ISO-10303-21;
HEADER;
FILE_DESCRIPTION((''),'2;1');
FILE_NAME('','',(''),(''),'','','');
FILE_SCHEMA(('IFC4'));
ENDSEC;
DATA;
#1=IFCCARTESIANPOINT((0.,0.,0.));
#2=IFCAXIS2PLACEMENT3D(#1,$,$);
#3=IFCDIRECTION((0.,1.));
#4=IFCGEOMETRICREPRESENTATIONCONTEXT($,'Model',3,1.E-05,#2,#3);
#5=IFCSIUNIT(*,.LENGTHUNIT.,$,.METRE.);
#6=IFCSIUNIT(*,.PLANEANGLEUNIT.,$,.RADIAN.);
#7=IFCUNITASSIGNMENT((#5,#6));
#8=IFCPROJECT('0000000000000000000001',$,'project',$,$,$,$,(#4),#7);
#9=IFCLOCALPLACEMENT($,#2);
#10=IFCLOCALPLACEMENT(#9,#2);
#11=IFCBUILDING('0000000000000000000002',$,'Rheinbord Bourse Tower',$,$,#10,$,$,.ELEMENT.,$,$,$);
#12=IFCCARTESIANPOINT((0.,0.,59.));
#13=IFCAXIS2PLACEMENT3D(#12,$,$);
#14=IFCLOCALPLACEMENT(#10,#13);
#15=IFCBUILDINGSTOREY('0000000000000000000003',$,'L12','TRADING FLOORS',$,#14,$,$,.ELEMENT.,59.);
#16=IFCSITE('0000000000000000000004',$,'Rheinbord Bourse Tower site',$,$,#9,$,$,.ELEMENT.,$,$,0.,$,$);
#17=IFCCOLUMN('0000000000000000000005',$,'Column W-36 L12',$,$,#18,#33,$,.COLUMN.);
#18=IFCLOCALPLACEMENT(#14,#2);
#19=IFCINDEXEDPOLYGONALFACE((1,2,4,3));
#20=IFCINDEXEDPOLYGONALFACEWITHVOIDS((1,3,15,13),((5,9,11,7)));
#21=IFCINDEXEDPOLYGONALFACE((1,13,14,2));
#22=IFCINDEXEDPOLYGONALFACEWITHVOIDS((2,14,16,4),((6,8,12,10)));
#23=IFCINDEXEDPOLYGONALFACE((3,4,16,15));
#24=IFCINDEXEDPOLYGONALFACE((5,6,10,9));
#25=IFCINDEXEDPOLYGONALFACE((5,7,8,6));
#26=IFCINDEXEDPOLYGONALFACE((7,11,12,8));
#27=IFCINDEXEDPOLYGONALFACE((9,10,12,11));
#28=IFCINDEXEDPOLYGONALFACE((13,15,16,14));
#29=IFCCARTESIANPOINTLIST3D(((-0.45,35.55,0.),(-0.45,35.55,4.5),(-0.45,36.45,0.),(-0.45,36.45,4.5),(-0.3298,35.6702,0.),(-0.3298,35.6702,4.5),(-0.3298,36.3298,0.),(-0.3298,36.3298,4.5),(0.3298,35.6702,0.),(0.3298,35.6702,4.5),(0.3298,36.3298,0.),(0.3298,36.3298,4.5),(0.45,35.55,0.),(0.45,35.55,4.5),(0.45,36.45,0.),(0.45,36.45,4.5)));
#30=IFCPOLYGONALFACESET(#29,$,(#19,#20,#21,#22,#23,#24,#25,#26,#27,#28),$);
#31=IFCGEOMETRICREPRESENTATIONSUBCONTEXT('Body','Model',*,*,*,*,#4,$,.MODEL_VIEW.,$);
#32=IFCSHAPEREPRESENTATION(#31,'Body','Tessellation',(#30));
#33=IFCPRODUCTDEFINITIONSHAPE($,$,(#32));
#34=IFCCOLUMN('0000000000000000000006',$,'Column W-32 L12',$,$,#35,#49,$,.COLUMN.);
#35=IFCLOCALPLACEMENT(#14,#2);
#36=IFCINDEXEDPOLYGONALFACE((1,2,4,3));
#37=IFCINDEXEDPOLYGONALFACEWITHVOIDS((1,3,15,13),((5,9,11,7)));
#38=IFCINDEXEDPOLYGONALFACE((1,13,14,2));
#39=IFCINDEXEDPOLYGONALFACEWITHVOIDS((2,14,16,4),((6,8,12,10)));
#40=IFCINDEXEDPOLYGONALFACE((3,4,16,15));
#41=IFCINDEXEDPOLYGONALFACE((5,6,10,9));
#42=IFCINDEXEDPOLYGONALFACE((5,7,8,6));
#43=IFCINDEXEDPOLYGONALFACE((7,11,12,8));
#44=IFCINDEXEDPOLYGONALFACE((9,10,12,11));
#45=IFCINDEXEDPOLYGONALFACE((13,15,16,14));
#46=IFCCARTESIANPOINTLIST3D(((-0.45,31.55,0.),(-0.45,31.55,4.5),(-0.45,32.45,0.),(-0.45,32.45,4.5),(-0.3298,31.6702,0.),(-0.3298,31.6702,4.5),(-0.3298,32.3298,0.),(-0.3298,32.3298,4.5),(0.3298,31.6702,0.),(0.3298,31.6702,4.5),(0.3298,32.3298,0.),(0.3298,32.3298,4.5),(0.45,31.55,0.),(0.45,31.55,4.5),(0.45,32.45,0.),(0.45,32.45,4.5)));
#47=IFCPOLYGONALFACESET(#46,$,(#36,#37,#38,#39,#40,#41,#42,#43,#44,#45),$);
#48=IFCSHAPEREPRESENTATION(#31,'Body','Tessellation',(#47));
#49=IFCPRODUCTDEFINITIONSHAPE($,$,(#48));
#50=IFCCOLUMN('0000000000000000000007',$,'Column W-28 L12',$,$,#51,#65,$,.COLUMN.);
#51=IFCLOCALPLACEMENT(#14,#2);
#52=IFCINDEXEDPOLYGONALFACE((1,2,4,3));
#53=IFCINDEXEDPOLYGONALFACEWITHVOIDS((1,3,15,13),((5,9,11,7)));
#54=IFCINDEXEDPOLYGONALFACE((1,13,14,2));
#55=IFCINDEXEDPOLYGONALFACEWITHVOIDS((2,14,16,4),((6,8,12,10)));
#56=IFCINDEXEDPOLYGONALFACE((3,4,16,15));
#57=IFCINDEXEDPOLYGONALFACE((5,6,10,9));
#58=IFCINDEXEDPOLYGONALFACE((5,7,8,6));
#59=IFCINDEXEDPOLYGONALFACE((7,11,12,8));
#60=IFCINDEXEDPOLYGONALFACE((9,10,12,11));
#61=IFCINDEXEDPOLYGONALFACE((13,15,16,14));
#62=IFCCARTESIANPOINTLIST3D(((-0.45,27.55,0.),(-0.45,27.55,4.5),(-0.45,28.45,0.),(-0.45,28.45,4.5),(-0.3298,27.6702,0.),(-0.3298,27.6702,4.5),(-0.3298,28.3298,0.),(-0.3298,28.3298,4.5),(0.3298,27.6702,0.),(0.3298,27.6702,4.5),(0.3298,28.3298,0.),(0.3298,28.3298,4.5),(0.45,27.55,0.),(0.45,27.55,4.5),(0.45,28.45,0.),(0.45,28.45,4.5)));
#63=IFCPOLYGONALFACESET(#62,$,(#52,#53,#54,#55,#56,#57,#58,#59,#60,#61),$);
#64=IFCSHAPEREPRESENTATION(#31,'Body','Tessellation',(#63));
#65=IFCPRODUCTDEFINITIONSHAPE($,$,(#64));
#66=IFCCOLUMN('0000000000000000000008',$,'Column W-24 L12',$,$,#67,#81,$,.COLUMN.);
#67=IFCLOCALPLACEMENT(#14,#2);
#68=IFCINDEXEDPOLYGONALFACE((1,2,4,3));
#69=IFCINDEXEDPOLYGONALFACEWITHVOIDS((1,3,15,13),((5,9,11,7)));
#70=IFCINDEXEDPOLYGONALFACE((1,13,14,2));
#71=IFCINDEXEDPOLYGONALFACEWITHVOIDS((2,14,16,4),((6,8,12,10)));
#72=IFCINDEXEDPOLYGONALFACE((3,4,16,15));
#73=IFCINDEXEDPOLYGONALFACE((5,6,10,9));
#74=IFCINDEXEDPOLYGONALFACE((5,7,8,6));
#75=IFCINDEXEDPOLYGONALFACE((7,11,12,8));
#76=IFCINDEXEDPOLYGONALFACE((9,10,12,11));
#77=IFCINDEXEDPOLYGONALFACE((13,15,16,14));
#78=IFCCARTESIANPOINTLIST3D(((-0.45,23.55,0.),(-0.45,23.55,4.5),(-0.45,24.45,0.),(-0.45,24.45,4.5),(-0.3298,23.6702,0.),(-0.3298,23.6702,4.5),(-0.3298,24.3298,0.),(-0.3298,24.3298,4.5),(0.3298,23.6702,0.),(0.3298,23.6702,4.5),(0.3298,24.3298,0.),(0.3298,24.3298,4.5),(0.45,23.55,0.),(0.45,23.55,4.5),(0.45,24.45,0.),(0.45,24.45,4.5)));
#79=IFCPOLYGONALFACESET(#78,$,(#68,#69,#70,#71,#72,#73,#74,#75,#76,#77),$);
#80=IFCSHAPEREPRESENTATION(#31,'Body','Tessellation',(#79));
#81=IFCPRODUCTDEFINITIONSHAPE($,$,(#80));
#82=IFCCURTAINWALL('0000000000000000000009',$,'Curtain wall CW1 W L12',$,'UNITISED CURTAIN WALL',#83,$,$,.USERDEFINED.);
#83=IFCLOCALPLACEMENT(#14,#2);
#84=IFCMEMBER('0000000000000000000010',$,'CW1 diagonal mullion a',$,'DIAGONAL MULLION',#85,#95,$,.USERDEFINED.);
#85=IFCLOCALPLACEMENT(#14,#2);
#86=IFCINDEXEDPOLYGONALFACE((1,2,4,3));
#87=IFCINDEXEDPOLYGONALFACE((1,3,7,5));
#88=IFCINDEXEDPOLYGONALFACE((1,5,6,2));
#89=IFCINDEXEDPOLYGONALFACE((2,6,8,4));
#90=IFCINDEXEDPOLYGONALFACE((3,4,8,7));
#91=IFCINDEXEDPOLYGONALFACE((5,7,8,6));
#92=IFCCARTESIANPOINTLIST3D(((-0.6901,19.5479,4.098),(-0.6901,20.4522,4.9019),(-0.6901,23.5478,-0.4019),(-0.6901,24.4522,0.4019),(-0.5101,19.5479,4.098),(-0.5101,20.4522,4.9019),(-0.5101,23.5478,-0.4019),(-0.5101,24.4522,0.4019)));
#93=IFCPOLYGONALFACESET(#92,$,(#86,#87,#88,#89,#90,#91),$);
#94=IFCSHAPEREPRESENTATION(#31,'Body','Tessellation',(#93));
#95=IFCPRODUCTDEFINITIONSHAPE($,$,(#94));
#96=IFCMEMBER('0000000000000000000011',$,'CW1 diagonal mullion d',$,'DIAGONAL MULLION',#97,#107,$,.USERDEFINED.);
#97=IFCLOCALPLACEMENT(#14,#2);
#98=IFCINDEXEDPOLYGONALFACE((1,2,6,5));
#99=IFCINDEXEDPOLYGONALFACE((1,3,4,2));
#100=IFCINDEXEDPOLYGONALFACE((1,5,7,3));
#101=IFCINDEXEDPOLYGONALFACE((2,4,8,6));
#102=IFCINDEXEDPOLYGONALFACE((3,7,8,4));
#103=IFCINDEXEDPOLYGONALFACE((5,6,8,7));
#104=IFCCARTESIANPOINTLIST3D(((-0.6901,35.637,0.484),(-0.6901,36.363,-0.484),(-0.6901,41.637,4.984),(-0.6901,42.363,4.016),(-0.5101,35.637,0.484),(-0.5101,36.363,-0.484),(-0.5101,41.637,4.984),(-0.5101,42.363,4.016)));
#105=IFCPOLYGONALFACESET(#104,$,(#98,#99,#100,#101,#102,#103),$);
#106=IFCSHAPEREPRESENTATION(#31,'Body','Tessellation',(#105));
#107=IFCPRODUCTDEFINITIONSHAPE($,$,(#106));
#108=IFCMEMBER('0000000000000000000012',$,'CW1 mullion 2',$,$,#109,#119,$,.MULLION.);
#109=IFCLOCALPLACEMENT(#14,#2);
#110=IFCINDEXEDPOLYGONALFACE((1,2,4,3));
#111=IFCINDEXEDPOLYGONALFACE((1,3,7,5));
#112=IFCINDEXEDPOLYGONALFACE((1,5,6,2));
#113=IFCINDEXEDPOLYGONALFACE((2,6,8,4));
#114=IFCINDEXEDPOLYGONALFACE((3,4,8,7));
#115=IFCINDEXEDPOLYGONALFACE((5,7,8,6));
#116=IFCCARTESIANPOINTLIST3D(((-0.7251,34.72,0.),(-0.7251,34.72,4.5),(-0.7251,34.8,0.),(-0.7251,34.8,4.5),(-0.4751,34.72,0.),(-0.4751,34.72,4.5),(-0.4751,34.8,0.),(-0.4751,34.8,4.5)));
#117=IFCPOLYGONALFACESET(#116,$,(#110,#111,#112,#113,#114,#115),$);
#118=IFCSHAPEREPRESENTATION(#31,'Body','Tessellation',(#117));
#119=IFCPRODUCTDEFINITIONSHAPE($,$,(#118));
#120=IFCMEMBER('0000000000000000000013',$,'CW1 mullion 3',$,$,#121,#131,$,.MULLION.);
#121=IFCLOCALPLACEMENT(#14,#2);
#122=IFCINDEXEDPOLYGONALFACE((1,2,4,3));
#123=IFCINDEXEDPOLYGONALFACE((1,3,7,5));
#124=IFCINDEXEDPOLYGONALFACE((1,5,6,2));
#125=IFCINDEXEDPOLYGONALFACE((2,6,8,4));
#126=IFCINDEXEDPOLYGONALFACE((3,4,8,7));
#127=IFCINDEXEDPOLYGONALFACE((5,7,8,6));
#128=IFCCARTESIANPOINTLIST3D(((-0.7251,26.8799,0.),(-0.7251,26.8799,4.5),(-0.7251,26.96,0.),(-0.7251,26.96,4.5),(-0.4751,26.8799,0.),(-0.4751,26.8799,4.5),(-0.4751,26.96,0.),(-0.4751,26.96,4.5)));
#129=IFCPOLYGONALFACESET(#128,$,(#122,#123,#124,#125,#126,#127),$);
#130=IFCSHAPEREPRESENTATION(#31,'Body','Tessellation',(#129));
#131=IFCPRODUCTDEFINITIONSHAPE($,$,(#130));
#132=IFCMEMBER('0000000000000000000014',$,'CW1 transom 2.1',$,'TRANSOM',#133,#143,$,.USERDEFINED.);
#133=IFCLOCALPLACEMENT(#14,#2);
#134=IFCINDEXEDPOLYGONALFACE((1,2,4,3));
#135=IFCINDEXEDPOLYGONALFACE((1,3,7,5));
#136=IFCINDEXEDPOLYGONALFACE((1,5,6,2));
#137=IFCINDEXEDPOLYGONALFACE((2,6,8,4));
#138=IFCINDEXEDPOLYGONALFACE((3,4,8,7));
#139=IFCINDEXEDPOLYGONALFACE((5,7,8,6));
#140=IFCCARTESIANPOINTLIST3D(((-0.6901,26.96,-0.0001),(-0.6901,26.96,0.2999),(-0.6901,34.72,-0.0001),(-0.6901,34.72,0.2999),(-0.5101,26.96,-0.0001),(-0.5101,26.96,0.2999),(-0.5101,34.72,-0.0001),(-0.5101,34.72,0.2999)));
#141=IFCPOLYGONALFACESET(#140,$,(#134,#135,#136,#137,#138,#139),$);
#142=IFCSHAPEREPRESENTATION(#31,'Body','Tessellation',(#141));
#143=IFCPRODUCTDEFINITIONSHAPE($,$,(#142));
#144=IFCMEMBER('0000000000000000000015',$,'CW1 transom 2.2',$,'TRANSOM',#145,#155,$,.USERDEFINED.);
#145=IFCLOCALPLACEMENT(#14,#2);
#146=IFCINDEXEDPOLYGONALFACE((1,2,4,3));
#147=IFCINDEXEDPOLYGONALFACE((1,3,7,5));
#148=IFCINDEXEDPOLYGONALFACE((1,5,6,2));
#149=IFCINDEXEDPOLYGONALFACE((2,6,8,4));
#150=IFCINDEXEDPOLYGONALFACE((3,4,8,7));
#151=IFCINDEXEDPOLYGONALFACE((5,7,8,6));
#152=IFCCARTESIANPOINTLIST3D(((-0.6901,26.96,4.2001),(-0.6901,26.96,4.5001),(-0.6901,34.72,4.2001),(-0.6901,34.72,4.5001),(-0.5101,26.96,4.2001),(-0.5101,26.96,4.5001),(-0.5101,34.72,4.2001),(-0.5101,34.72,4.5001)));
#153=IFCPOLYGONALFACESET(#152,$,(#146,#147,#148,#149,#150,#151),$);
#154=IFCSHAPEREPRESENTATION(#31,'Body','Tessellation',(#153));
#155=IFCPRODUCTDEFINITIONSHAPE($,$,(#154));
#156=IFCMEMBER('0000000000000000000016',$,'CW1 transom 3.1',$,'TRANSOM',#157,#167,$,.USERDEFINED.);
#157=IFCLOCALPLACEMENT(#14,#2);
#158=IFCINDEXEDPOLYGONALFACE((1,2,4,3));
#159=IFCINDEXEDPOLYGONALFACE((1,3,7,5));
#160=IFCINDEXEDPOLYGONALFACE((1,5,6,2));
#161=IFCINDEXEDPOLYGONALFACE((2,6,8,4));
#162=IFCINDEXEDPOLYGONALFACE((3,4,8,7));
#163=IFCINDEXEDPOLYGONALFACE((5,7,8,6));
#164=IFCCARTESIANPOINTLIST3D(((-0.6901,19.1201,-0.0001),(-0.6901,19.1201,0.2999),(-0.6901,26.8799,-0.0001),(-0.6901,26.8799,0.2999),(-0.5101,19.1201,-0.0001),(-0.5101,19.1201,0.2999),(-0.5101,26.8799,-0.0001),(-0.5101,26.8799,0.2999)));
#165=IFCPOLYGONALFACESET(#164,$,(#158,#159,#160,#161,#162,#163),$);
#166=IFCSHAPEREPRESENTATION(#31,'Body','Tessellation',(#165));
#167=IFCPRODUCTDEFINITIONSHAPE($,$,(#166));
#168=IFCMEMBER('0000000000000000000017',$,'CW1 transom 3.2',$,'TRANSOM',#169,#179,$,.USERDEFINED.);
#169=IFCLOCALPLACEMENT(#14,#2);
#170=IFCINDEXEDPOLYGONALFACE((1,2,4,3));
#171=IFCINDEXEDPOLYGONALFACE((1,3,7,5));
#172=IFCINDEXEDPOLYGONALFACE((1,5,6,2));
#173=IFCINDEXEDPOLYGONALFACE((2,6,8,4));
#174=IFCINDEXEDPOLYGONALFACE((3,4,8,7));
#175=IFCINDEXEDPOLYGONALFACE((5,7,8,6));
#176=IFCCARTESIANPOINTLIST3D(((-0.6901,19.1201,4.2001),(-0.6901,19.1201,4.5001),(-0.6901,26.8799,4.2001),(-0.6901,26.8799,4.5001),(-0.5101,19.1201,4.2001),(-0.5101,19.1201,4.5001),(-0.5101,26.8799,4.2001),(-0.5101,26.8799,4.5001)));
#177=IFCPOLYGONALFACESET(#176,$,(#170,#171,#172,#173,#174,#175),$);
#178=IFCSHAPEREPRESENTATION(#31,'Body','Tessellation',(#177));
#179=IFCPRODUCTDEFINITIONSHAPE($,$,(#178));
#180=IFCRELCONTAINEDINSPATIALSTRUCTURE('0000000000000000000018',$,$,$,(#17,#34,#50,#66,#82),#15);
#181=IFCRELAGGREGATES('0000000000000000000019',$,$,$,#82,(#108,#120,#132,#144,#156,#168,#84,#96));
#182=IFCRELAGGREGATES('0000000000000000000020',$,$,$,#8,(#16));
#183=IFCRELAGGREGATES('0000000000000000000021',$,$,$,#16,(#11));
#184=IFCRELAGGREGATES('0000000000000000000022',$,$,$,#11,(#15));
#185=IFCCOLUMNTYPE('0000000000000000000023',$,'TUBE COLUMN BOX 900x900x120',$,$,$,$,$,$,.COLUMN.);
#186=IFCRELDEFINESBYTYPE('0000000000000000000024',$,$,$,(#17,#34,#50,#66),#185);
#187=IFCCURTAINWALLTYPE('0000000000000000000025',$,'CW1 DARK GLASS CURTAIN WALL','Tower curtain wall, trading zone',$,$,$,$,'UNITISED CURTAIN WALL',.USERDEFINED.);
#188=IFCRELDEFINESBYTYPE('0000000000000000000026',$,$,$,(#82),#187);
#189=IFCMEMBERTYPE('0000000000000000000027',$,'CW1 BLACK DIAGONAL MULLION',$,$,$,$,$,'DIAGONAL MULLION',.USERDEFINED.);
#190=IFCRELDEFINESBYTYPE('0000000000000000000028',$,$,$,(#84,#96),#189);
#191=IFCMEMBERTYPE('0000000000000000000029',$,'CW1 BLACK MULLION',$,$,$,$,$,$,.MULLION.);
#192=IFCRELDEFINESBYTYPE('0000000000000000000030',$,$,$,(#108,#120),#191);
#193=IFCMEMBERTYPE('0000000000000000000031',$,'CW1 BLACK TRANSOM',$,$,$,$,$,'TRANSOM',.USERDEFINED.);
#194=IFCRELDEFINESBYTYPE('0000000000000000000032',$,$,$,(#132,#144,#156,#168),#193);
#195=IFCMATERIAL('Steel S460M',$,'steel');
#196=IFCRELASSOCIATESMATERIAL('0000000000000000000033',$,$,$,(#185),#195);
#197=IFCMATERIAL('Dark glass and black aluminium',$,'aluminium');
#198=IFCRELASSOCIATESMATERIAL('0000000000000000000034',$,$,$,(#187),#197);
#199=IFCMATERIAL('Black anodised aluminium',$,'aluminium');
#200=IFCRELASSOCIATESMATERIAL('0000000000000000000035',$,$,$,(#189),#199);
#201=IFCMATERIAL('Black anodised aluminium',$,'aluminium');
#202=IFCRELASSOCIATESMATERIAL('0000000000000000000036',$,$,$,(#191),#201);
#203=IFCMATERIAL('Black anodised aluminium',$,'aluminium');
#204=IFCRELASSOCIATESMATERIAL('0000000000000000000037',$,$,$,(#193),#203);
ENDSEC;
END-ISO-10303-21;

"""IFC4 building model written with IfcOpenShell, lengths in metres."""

from ifc_helpers import new_model, si_unit, direction, frame, origin, origin_2d, place, context, subcontext, project, spatial, rectangle, hollow_rectangle, extrude, material, material_profile, profile_set, type_object, element, aggregate, save


model = new_model("IFC4")

# Units and contexts
model_context = context("Model", 3, precision=1e-05, world=origin(), true_north=direction((0.0, 1.0)))
body_context = subcontext(model_context, "Body", "Model", "MODEL_VIEW")
ifc_project = project(units=[si_unit("LENGTHUNIT", "METRE"), si_unit("PLANEANGLEUNIT", "RADIAN")], contexts=[model_context])

# Site, building, storey
site_placement = place(None, origin())
site = spatial("IfcSite", under=ifc_project, at=site_placement, Name="Rheinbord Bourse Tower site", CompositionType="ELEMENT", RefElevation=0.0)
building_placement = place(site_placement, origin())
building = spatial("IfcBuilding", under=site, at=building_placement, Name="Rheinbord Bourse Tower", CompositionType="ELEMENT")
storey_placement = place(building_placement, frame((0.0, 0.0, 59.0)))
storey = spatial("IfcBuildingStorey", under=building, at=storey_placement, Name="L12", Description="TRADING FLOORS", CompositionType="ELEMENT", Elevation=59.0)

# Columns
ifc_material_1 = material(Name="Steel S460M", Category="steel")
ifc_material_profile_1 = material_profile(ifc_material_1, hollow_rectangle(XDim=0.8999, YDim=0.8999, WallThickness=0.1201, at=origin_2d()), Name="BOX 900x900x120")
ifc_profile_set_1 = profile_set([ifc_material_profile_1], Name="Steel S460M")
column_type = type_object("IfcColumnType", Name="TUBE COLUMN BOX 900x900x120", PredefinedType="COLUMN", material=ifc_profile_set_1)
for number, where, z_axis, x_axis, name in (
    (1, (0.0, 36.0, 0.0), (0.0, 0.0, 1.0), (1.0, 0.0, 0.0), "Column W-36 L12"),
    (2, (0.0, 32.0, 0.0), (0.0, 0.0, 1.0), (1.0, 0.0, 0.0), "Column W-32 L12"),
    (3, (0.0, 28.0, 0.0), (0.0, 0.0, 1.0), (1.0, 0.0, 0.0), "Column W-28 L12"),
    (4, (0.0, 24.0, 0.0), (0.0, 0.0, 1.0), (1.0, 0.0, 0.0), "Column W-24 L12"),
):
    element("IfcColumn", number, at=place(storey_placement, frame(where, z_axis=z_axis, x_axis=x_axis)), inside=storey, type_object=column_type, Name=name, PredefinedType="COLUMN", context=body_context, shape_type="SweptSolid", body=[
        extrude(hollow_rectangle(XDim=0.8999, YDim=0.8999, WallThickness=0.1201, at=origin_2d()), origin(), (0.0, 0.0, 1.0), 4.5),
    ])

# Curtain wall, members
ifc_material_2 = material(Name="Dark glass and black aluminium", Category="aluminium")
curtain_wall_type = type_object("IfcCurtainWallType", Name="CW1 DARK GLASS CURTAIN WALL", Description="Tower curtain wall, trading zone", ElementType="UNITISED CURTAIN WALL", PredefinedType="USERDEFINED", material=ifc_material_2)
curtain_wall_placement = place(storey_placement, origin())
curtain_wall = element("IfcCurtainWall", 5, at=curtain_wall_placement, inside=storey, type_object=curtain_wall_type, Name="Curtain wall CW1 W L12", ObjectType="UNITISED CURTAIN WALL", PredefinedType="USERDEFINED")
ifc_material_3 = material(Name="Black anodised aluminium", Category="aluminium")
ifc_material_profile_2 = material_profile(ifc_material_3, rectangle(XDim=0.1799, YDim=1.21, at=origin_2d()), Name="CW1 DIAGONAL MULLION 1210x180")
ifc_profile_set_2 = profile_set([ifc_material_profile_2], Name="Black anodised aluminium")
member_type_1 = type_object("IfcMemberType", Name="CW1 BLACK DIAGONAL MULLION", ElementType="DIAGONAL MULLION", PredefinedType="USERDEFINED", material=ifc_profile_set_2)
member_1_placement = place(storey_placement, frame((-0.6001, 24.0, 0.0), z_axis=(0.0, -0.664364, 0.747409), x_axis=(1.0, 0.0, 0.0)))
member_1 = element("IfcMember", 6, at=member_1_placement, type_object=member_type_1, Name="CW1 diagonal mullion a", ObjectType="DIAGONAL MULLION", PredefinedType="USERDEFINED", context=body_context, shape_type="SweptSolid", body=[
    extrude(rectangle(XDim=0.1799, YDim=1.21, at=origin_2d()), origin(), (0.0, 0.0, 1.0), 6.0208),
])
member_2_placement = place(storey_placement, frame((-0.6001, 36.0, 0.0), z_axis=(0.0, 0.8, 0.6), x_axis=(-1.0, 0.0, 0.0)))
member_2 = element("IfcMember", 7, at=member_2_placement, type_object=member_type_1, Name="CW1 diagonal mullion d", ObjectType="DIAGONAL MULLION", PredefinedType="USERDEFINED", context=body_context, shape_type="SweptSolid", body=[
    extrude(rectangle(XDim=0.1799, YDim=1.21, at=origin_2d()), origin(), (0.0, 0.0, 1.0), 7.5),
])
ifc_material_4 = material(Name="Black anodised aluminium", Category="aluminium")
ifc_material_profile_3 = material_profile(ifc_material_4, rectangle(XDim=0.25, YDim=0.0801, at=origin_2d()), Name="CW1 MULLION 80x250")
ifc_profile_set_3 = profile_set([ifc_material_profile_3], Name="Black anodised aluminium")
member_type_2 = type_object("IfcMemberType", Name="CW1 BLACK MULLION", PredefinedType="MULLION", material=ifc_profile_set_3)
member_3_placement = place(storey_placement, frame((-0.6001, 34.76, 0.0), z_axis=(0.0, 0.0, 1.0), x_axis=(1.0, 0.0, 0.0)))
member_3 = element("IfcMember", 8, at=member_3_placement, type_object=member_type_2, Name="CW1 mullion 2", PredefinedType="MULLION", context=body_context, shape_type="SweptSolid", body=[
    extrude(rectangle(XDim=0.25, YDim=0.0801, at=origin_2d()), origin(), (0.0, 0.0, 1.0), 4.5),
])
member_4_placement = place(storey_placement, frame((-0.6001, 26.9199, 0.0), z_axis=(0.0, 0.0, 1.0), x_axis=(1.0, 0.0, 0.0)))
member_4 = element("IfcMember", 9, at=member_4_placement, type_object=member_type_2, Name="CW1 mullion 3", PredefinedType="MULLION", context=body_context, shape_type="SweptSolid", body=[
    extrude(rectangle(XDim=0.25, YDim=0.0801, at=origin_2d()), origin(), (0.0, 0.0, 1.0), 4.5),
])
ifc_material_5 = material(Name="Black anodised aluminium", Category="aluminium")
ifc_material_profile_4 = material_profile(ifc_material_5, rectangle(XDim=0.1799, YDim=0.3, at=origin_2d()), Name="CW1 TRANSOM 300x180")
ifc_profile_set_4 = profile_set([ifc_material_profile_4], Name="Black anodised aluminium")
member_type_3 = type_object("IfcMemberType", Name="CW1 BLACK TRANSOM", ElementType="TRANSOM", PredefinedType="USERDEFINED", material=ifc_profile_set_4)
member_5_placement = place(storey_placement, frame((-0.6001, 34.72, 0.1499), z_axis=(0.0, -1.0, 0.0), x_axis=(1.0, 0.0, 0.0)))
member_5 = element("IfcMember", 10, at=member_5_placement, type_object=member_type_3, Name="CW1 transom 2.1", ObjectType="TRANSOM", PredefinedType="USERDEFINED", context=body_context, shape_type="SweptSolid", body=[
    extrude(rectangle(XDim=0.1799, YDim=0.3, at=origin_2d()), origin(), (0.0, 0.0, 1.0), 7.76),
])
member_6_placement = place(storey_placement, frame((-0.6001, 34.72, 4.3501), z_axis=(0.0, -1.0, 0.0), x_axis=(1.0, 0.0, 0.0)))
member_6 = element("IfcMember", 11, at=member_6_placement, type_object=member_type_3, Name="CW1 transom 2.2", ObjectType="TRANSOM", PredefinedType="USERDEFINED", context=body_context, shape_type="SweptSolid", body=[
    extrude(rectangle(XDim=0.1799, YDim=0.3, at=origin_2d()), origin(), (0.0, 0.0, 1.0), 7.76),
])
member_7_placement = place(storey_placement, frame((-0.6001, 26.8799, 0.1499), z_axis=(0.0, -1.0, 0.0), x_axis=(1.0, 0.0, 0.0)))
member_7 = element("IfcMember", 12, at=member_7_placement, type_object=member_type_3, Name="CW1 transom 3.1", ObjectType="TRANSOM", PredefinedType="USERDEFINED", context=body_context, shape_type="SweptSolid", body=[
    extrude(rectangle(XDim=0.1799, YDim=0.3, at=origin_2d()), origin(), (0.0, 0.0, 1.0), 7.7598),
])
member_8_placement = place(storey_placement, frame((-0.6001, 26.8799, 4.3501), z_axis=(0.0, -1.0, 0.0), x_axis=(1.0, 0.0, 0.0)))
member_8 = element("IfcMember", 13, at=member_8_placement, type_object=member_type_3, Name="CW1 transom 3.2", ObjectType="TRANSOM", PredefinedType="USERDEFINED", context=body_context, shape_type="SweptSolid", body=[
    extrude(rectangle(XDim=0.1799, YDim=0.3, at=origin_2d()), origin(), (0.0, 0.0, 1.0), 7.7598),
])

aggregate(curtain_wall, [member_3, member_4, member_5, member_6, member_7, member_8, member_1, member_2])

save(model, "model.ifc")
